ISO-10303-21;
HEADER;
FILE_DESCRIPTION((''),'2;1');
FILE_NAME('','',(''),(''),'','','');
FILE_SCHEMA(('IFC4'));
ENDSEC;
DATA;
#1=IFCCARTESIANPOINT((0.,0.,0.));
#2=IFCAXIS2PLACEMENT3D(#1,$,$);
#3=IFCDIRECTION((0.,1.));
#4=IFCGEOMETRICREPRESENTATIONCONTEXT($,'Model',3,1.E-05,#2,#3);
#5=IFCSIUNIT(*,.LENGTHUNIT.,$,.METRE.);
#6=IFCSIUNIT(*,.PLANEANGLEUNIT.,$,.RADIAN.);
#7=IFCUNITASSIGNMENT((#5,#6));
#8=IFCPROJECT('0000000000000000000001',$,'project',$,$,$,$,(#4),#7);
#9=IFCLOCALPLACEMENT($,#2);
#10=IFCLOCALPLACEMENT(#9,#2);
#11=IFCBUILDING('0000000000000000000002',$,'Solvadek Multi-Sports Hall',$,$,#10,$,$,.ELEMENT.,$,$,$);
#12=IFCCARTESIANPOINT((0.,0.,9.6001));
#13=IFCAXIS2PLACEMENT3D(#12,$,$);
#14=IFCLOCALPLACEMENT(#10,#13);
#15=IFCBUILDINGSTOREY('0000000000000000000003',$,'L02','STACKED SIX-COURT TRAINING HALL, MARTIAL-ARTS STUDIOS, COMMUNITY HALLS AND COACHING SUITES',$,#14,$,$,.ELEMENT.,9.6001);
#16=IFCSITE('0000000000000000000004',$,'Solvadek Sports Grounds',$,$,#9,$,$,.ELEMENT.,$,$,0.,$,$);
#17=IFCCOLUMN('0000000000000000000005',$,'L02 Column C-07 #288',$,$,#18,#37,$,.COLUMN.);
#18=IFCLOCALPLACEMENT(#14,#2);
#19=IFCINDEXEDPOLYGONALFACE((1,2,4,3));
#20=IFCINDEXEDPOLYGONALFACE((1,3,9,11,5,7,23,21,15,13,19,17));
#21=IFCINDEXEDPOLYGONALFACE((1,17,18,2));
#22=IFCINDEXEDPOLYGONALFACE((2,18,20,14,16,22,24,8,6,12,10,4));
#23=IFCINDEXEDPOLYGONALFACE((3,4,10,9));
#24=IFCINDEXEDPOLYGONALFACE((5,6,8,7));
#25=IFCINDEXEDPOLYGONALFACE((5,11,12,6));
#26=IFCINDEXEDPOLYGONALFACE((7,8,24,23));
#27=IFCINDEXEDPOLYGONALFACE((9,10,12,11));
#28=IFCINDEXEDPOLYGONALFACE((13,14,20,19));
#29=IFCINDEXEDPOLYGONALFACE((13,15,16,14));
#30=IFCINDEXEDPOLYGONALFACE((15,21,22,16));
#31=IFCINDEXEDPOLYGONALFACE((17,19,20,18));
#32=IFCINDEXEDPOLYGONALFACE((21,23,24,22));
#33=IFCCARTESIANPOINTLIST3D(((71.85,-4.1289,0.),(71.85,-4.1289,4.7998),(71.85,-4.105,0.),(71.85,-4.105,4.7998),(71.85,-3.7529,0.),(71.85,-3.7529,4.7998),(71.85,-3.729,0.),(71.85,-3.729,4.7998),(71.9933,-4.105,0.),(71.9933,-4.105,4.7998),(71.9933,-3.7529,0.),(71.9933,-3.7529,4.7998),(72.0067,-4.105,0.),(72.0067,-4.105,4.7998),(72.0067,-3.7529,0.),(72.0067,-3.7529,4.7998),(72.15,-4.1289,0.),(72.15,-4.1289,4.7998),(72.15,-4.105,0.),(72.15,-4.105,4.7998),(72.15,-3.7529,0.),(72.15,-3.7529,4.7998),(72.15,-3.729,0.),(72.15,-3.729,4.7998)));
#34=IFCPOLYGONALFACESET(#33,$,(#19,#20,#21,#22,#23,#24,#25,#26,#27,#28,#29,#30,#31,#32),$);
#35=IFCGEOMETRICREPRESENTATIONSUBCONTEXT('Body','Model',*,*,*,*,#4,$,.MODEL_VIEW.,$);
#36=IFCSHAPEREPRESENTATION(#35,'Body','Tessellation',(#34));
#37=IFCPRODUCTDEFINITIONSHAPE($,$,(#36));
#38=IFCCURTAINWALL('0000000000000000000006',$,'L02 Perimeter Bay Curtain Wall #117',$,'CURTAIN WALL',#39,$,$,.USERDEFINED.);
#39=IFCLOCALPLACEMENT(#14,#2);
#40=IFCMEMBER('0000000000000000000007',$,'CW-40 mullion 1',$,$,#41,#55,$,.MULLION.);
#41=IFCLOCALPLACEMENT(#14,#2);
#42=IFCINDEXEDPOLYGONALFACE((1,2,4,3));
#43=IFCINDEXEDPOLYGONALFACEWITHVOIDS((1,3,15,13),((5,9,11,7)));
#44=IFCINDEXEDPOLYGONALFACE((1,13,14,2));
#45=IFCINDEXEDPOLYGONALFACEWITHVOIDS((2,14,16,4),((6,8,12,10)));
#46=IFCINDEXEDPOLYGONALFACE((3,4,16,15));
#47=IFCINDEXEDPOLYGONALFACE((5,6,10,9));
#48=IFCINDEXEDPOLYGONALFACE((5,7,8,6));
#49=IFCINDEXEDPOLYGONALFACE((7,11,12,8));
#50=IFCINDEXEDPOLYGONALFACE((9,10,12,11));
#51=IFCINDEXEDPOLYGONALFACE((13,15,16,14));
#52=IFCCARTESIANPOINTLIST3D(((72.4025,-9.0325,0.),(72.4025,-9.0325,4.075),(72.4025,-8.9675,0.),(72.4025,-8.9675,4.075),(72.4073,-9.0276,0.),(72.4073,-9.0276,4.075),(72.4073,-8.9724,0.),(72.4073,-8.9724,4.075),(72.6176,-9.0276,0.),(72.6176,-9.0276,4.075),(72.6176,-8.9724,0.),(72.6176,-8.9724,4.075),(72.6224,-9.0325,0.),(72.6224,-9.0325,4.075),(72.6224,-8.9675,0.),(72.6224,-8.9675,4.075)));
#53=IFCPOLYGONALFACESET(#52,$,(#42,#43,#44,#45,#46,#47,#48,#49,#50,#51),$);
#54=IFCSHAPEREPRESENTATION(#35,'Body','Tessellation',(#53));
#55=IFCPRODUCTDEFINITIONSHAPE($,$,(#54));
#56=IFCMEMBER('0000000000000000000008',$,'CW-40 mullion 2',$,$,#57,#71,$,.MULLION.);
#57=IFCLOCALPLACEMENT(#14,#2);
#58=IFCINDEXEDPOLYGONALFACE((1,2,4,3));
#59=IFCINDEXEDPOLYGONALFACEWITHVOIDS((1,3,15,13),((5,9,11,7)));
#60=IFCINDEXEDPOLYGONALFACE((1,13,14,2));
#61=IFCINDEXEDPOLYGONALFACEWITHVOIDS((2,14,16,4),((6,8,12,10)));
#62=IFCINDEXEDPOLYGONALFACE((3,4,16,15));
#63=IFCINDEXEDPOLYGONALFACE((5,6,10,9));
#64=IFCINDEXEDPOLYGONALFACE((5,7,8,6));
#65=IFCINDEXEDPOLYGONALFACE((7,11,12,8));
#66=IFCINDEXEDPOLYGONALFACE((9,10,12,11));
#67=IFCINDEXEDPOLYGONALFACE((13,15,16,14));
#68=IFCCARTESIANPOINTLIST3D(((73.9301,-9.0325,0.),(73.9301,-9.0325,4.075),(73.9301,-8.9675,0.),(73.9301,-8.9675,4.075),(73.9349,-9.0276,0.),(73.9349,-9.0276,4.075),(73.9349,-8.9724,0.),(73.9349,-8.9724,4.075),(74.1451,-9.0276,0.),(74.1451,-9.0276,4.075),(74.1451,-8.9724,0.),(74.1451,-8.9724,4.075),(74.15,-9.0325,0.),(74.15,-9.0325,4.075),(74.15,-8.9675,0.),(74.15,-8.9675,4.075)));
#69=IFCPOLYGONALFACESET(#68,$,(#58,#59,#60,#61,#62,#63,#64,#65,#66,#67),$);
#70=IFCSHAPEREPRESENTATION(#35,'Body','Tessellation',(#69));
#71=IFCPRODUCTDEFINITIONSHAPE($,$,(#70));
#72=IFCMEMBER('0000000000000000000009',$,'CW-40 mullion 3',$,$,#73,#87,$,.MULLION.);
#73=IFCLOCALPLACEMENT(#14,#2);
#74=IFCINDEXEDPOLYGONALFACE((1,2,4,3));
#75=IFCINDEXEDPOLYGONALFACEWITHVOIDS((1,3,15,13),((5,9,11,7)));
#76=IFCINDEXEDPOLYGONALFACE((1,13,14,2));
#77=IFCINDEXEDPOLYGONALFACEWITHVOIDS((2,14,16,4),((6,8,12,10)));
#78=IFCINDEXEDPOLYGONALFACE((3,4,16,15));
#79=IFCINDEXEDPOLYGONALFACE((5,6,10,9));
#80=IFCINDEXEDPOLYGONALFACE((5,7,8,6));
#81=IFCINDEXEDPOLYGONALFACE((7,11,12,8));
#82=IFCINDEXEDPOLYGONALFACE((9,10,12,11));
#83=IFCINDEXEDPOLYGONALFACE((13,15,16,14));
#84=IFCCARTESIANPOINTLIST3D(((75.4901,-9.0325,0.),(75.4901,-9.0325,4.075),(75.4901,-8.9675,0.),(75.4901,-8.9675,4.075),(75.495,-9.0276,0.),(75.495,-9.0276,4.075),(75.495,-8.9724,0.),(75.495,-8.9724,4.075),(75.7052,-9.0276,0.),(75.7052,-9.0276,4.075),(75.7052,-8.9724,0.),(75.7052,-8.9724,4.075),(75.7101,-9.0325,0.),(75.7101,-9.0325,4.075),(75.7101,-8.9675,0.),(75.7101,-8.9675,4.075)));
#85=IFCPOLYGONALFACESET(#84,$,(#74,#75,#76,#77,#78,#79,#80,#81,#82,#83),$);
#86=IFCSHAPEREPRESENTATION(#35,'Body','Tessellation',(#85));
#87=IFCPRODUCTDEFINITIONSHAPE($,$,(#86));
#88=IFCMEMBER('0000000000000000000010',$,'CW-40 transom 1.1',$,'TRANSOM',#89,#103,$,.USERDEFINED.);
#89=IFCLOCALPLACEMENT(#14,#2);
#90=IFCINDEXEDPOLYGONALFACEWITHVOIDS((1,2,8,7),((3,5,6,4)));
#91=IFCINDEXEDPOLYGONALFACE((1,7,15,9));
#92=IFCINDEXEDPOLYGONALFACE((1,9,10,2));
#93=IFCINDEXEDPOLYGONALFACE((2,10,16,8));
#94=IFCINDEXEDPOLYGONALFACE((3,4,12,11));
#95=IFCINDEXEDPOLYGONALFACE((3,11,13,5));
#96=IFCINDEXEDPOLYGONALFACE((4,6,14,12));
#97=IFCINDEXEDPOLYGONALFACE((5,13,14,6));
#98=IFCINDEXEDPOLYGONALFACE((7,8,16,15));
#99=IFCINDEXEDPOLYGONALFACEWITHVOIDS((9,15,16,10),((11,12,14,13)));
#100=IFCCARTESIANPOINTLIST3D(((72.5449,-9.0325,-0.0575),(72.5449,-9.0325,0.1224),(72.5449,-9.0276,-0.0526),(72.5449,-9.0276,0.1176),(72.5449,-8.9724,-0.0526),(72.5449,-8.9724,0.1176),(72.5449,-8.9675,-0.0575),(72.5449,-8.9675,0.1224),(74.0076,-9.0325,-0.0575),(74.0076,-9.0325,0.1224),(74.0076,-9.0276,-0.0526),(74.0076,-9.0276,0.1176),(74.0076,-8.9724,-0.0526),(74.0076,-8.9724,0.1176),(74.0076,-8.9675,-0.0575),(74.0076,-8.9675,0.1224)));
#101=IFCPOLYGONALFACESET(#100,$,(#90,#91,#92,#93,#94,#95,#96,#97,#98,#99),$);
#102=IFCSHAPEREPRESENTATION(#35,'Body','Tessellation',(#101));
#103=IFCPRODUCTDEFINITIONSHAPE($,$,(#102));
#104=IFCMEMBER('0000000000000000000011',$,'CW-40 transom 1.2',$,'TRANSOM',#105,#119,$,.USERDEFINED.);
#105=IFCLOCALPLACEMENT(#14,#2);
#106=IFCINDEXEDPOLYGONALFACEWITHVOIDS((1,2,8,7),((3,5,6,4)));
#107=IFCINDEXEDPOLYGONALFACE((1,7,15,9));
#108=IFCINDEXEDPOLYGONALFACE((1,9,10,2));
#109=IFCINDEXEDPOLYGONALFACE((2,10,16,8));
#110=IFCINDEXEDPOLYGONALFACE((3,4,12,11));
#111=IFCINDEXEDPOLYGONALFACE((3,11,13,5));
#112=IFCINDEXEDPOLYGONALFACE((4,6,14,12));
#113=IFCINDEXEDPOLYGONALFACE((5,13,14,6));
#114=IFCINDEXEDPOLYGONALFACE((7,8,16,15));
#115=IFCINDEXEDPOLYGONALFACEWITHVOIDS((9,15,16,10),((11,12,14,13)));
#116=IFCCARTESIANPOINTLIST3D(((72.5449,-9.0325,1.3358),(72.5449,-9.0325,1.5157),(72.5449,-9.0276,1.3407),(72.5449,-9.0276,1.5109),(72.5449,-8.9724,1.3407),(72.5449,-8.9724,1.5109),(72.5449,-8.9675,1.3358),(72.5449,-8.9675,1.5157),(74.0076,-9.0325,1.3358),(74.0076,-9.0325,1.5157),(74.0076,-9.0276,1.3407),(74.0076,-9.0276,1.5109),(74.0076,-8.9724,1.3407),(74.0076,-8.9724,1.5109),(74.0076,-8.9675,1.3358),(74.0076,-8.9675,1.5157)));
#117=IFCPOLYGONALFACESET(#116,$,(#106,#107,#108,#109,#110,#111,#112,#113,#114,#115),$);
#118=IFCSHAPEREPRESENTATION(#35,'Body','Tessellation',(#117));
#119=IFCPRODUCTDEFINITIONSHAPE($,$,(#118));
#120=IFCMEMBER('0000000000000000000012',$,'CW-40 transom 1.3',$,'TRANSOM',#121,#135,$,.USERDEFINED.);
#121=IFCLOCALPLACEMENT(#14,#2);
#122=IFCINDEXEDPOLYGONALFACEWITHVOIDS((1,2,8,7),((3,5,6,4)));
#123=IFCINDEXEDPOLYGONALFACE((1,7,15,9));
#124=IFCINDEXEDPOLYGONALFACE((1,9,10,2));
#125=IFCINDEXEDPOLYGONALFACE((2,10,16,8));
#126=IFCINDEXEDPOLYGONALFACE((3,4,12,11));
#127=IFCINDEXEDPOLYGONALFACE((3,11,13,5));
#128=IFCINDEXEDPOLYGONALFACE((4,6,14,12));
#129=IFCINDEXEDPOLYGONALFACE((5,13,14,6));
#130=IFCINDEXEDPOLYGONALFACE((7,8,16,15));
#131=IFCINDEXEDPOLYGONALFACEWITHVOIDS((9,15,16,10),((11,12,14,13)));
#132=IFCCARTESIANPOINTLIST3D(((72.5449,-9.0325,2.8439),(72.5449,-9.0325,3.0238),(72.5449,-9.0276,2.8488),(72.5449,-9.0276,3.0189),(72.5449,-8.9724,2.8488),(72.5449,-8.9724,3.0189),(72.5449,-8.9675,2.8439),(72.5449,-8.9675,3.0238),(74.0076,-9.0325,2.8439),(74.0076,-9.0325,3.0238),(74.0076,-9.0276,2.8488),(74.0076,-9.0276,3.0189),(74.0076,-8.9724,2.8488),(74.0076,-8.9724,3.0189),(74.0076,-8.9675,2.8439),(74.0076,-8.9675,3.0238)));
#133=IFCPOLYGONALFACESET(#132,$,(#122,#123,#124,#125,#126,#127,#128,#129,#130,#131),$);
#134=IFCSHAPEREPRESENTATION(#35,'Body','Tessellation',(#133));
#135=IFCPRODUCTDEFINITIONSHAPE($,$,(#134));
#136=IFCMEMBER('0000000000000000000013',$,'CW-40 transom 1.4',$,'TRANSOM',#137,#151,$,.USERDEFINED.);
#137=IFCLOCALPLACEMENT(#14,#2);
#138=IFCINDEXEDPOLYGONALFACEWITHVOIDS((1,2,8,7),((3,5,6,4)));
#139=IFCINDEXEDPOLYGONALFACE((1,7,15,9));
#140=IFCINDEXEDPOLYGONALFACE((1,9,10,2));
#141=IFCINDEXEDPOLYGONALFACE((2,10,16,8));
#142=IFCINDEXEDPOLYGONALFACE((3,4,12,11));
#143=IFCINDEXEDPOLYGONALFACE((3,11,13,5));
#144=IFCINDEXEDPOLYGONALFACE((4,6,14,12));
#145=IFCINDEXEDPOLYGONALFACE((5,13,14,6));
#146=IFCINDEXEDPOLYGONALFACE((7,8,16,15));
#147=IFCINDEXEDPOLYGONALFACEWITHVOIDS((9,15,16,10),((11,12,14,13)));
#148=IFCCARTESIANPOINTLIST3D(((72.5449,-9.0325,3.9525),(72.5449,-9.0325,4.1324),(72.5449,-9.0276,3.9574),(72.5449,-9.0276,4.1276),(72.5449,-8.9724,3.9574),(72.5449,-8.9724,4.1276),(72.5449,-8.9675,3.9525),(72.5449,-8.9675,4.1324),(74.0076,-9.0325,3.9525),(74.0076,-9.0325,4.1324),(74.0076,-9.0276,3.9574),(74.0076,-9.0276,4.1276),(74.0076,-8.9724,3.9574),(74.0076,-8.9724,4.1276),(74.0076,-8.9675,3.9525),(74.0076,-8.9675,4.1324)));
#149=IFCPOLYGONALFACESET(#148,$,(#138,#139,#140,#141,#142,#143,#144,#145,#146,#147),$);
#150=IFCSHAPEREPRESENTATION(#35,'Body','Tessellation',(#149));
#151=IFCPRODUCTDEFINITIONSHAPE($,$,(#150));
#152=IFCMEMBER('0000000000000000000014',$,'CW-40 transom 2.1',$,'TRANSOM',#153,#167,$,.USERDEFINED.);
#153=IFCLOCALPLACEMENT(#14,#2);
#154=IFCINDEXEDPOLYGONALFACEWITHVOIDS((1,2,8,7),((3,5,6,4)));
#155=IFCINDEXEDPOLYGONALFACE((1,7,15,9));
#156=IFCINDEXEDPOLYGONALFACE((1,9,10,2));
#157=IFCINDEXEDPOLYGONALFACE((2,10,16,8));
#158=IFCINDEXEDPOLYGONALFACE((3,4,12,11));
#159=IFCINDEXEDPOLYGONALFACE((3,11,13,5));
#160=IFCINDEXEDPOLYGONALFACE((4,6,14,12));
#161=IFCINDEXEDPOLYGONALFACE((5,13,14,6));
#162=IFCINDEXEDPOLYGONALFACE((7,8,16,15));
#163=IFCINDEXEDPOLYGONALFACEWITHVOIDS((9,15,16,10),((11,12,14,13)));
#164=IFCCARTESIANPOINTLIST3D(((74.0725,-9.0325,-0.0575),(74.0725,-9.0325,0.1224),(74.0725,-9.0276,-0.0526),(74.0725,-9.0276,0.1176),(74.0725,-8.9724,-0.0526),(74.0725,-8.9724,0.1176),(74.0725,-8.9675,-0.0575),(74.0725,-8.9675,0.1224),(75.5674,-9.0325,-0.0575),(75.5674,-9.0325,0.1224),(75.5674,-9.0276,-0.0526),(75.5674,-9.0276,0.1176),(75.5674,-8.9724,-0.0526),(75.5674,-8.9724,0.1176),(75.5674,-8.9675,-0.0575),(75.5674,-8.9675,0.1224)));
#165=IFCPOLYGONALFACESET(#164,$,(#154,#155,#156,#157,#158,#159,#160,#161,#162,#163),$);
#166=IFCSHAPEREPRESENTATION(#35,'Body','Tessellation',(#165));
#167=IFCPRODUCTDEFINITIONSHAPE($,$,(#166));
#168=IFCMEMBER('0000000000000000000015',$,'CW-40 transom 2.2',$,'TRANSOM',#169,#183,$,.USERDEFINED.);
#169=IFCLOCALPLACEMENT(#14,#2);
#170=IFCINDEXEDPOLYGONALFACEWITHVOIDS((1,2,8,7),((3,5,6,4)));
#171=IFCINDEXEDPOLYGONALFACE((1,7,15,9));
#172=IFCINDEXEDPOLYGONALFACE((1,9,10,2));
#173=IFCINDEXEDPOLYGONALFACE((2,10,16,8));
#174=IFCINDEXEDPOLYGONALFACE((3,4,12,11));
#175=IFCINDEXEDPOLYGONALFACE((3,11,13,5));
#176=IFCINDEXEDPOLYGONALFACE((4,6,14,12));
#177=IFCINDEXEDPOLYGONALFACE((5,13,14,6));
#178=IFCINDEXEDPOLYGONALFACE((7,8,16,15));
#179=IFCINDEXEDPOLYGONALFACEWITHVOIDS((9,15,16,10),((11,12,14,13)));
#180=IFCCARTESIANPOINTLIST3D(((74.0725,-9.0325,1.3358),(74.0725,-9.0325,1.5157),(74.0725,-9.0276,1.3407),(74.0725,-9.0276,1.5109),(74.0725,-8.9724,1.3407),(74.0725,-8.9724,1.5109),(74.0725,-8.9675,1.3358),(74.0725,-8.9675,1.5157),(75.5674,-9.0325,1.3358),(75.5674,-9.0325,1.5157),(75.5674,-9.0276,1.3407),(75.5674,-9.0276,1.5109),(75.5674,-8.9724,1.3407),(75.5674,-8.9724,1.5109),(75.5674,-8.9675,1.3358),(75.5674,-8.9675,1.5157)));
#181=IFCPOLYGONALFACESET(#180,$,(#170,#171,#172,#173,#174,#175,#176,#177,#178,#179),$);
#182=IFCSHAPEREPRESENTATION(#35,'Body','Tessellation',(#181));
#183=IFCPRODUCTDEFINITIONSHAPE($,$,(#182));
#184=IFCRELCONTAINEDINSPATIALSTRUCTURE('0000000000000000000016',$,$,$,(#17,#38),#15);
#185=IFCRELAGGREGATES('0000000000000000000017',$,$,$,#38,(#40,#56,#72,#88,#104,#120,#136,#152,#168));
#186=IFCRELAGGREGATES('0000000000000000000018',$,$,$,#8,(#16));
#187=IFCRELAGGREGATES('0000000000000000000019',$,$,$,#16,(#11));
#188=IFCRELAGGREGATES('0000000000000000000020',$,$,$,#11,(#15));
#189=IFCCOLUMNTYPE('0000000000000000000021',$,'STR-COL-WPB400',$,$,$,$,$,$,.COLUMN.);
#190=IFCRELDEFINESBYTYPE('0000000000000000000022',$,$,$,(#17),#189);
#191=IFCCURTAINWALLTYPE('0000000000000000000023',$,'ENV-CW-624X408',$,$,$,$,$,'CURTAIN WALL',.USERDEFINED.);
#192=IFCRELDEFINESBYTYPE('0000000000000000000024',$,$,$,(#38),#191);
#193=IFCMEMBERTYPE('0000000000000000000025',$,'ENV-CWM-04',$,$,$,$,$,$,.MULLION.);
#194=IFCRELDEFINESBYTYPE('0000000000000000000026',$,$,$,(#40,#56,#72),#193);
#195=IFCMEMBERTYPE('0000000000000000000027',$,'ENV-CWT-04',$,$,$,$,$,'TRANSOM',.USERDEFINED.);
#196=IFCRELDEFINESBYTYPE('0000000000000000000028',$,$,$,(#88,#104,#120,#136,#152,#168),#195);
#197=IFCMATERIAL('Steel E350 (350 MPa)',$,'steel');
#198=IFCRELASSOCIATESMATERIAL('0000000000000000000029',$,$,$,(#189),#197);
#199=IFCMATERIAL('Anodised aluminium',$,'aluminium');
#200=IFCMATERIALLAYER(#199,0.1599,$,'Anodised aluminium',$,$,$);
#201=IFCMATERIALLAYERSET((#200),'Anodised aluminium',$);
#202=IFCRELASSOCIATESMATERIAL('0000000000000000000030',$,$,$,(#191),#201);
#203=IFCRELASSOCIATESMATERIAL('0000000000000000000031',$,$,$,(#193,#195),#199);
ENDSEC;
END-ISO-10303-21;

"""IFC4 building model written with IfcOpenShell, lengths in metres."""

from ifc_helpers import new_model, si_unit, direction, frame, origin, origin_2d, place, context, subcontext, project, spatial, hollow_rectangle, i_section, extrude, material, layer, layer_set, material_profile, profile_set, type_object, element, aggregate, save


model = new_model("IFC4")

# Units and contexts
model_context = context("Model", 3, precision=1e-05, world=origin(), true_north=direction((0.0, 1.0)))
body_context = subcontext(model_context, "Body", "Model", "MODEL_VIEW")
ifc_project = project(units=[si_unit("LENGTHUNIT", "METRE"), si_unit("PLANEANGLEUNIT", "RADIAN")], contexts=[model_context])

# Site, building, storey
site_placement = place(None, origin())
site = spatial("IfcSite", under=ifc_project, at=site_placement, Name="Solvadek Sports Grounds", CompositionType="ELEMENT", RefElevation=0.0)
building_placement = place(site_placement, origin())
building = spatial("IfcBuilding", under=site, at=building_placement, Name="Solvadek Multi-Sports Hall", CompositionType="ELEMENT")
storey_placement = place(building_placement, frame((0.0, 0.0, 9.6001)))
storey = spatial("IfcBuildingStorey", under=building, at=storey_placement, Name="L02", Description="STACKED SIX-COURT TRAINING HALL, MARTIAL-ARTS STUDIOS, COMMUNITY HALLS AND COACHING SUITES", CompositionType="ELEMENT", Elevation=9.6001)

# Column
ifc_material_1 = material(Name="Steel E350 (350 MPa)", Category="steel")
ifc_material_profile_1 = material_profile(ifc_material_1, i_section(OverallWidth=0.3, OverallDepth=0.3999, WebThickness=0.0134, FlangeThickness=0.0239, at=origin_2d()), Name="WPB 400")
ifc_profile_set_1 = profile_set([ifc_material_profile_1], Name="Steel E350 (350 MPa)")
column_type = type_object("IfcColumnType", Name="STR-COL-WPB400", PredefinedType="COLUMN", material=ifc_profile_set_1)
column_placement = place(storey_placement, frame((72.0, -3.929, 0.0), z_axis=(0.0, 0.0, 1.0), x_axis=(1.0, 0.0, 0.0)))
element("IfcColumn", 1, at=column_placement, inside=storey, type_object=column_type, Name="L02 Column C-07 #288", PredefinedType="COLUMN", context=body_context, shape_type="SweptSolid", body=[
    extrude(i_section(OverallWidth=0.3, OverallDepth=0.3999, WebThickness=0.0134, FlangeThickness=0.0239, at=origin_2d()), origin(), (0.0, 0.0, 1.0), 4.7998),
])

# Curtain wall, members
ifc_material_2 = material(Name="Anodised aluminium", Category="aluminium")
ifc_layer_1 = layer(ifc_material_2, 0.1599, Name="Anodised aluminium")
ifc_layer_set_1 = layer_set([ifc_layer_1], Name="Anodised aluminium")
curtain_wall_type = type_object("IfcCurtainWallType", Name="ENV-CW-624X408", ElementType="CURTAIN WALL", PredefinedType="USERDEFINED", material=ifc_layer_set_1)
curtain_wall_placement = place(storey_placement, origin())
curtain_wall = element("IfcCurtainWall", 2, at=curtain_wall_placement, inside=storey, type_object=curtain_wall_type, Name="L02 Perimeter Bay Curtain Wall #117", ObjectType="CURTAIN WALL", PredefinedType="USERDEFINED")
ifc_material_profile_2 = material_profile(ifc_material_2, hollow_rectangle(XDim=0.0649, YDim=0.22, WallThickness=0.0049, at=origin_2d()), Name="ALU-M 220x65x5")
ifc_profile_set_2 = profile_set([ifc_material_profile_2], Name="Anodised aluminium")
member_type_1 = type_object("IfcMemberType", Name="ENV-CWM-04", PredefinedType="MULLION", material=ifc_profile_set_2)
member_1_placement = place(storey_placement, frame((72.5125, -9.0, 0.0), z_axis=(0.0, 0.0, 1.0), x_axis=(0.0, 1.0, 0.0)))
member_1 = element("IfcMember", 3, at=member_1_placement, type_object=member_type_1, Name="CW-40 mullion 1", PredefinedType="MULLION", context=body_context, shape_type="SweptSolid", body=[
    extrude(hollow_rectangle(XDim=0.0649, YDim=0.22, WallThickness=0.0049, at=origin_2d()), origin(), (0.0, 0.0, 1.0), 4.075),
])
member_2_placement = place(storey_placement, frame((74.04, -9.0, 0.0), z_axis=(0.0, 0.0, 1.0), x_axis=(0.0, 1.0, 0.0)))
member_2 = element("IfcMember", 4, at=member_2_placement, type_object=member_type_1, Name="CW-40 mullion 2", PredefinedType="MULLION", context=body_context, shape_type="SweptSolid", body=[
    extrude(hollow_rectangle(XDim=0.0649, YDim=0.22, WallThickness=0.0049, at=origin_2d()), origin(), (0.0, 0.0, 1.0), 4.075),
])
member_3_placement = place(storey_placement, frame((75.6001, -9.0, 0.0), z_axis=(0.0, 0.0, 1.0), x_axis=(0.0, 1.0, 0.0)))
member_3 = element("IfcMember", 5, at=member_3_placement, type_object=member_type_1, Name="CW-40 mullion 3", PredefinedType="MULLION", context=body_context, shape_type="SweptSolid", body=[
    extrude(hollow_rectangle(XDim=0.0649, YDim=0.22, WallThickness=0.0049, at=origin_2d()), origin(), (0.0, 0.0, 1.0), 4.075),
])
ifc_material_profile_3 = material_profile(ifc_material_2, hollow_rectangle(XDim=0.0649, YDim=0.1799, WallThickness=0.0049, at=origin_2d()), Name="ALU-T 180x65x5")
ifc_profile_set_3 = profile_set([ifc_material_profile_3], Name="Anodised aluminium")
member_type_2 = type_object("IfcMemberType", Name="ENV-CWT-04", ElementType="TRANSOM", PredefinedType="USERDEFINED", material=ifc_profile_set_3)
member_4_placement = place(storey_placement, frame((72.5449, -9.0, 0.0325), z_axis=(1.0, 0.0, 0.0), x_axis=(0.0, 1.0, 0.0)))
member_4 = element("IfcMember", 6, at=member_4_placement, type_object=member_type_2, Name="CW-40 transom 1.1", ObjectType="TRANSOM", PredefinedType="USERDEFINED", context=body_context, shape_type="SweptSolid", body=[
    extrude(hollow_rectangle(XDim=0.0649, YDim=0.1799, WallThickness=0.0049, at=origin_2d()), origin(), (0.0, 0.0, 1.0), 1.4626),
])
member_5_placement = place(storey_placement, frame((72.5449, -9.0, 1.4258), z_axis=(1.0, 0.0, 0.0), x_axis=(0.0, 1.0, 0.0)))
member_5 = element("IfcMember", 7, at=member_5_placement, type_object=member_type_2, Name="CW-40 transom 1.2", ObjectType="TRANSOM", PredefinedType="USERDEFINED", context=body_context, shape_type="SweptSolid", body=[
    extrude(hollow_rectangle(XDim=0.0649, YDim=0.1799, WallThickness=0.0049, at=origin_2d()), origin(), (0.0, 0.0, 1.0), 1.4626),
])
member_6_placement = place(storey_placement, frame((72.5449, -9.0, 2.9338), z_axis=(1.0, 0.0, 0.0), x_axis=(0.0, 1.0, 0.0)))
member_6 = element("IfcMember", 8, at=member_6_placement, type_object=member_type_2, Name="CW-40 transom 1.3", ObjectType="TRANSOM", PredefinedType="USERDEFINED", context=body_context, shape_type="SweptSolid", body=[
    extrude(hollow_rectangle(XDim=0.0649, YDim=0.1799, WallThickness=0.0049, at=origin_2d()), origin(), (0.0, 0.0, 1.0), 1.4626),
])
member_7_placement = place(storey_placement, frame((72.5449, -9.0, 4.0425), z_axis=(1.0, 0.0, 0.0), x_axis=(0.0, 1.0, 0.0)))
member_7 = element("IfcMember", 9, at=member_7_placement, type_object=member_type_2, Name="CW-40 transom 1.4", ObjectType="TRANSOM", PredefinedType="USERDEFINED", context=body_context, shape_type="SweptSolid", body=[
    extrude(hollow_rectangle(XDim=0.0649, YDim=0.1799, WallThickness=0.0049, at=origin_2d()), origin(), (0.0, 0.0, 1.0), 1.4626),
])
member_8_placement = place(storey_placement, frame((74.0725, -9.0, 0.0325), z_axis=(1.0, 0.0, 0.0), x_axis=(0.0, 1.0, 0.0)))
member_8 = element("IfcMember", 10, at=member_8_placement, type_object=member_type_2, Name="CW-40 transom 2.1", ObjectType="TRANSOM", PredefinedType="USERDEFINED", context=body_context, shape_type="SweptSolid", body=[
    extrude(hollow_rectangle(XDim=0.0649, YDim=0.1799, WallThickness=0.0049, at=origin_2d()), origin(), (0.0, 0.0, 1.0), 1.4949),
])
member_9_placement = place(storey_placement, frame((74.0725, -9.0, 1.4258), z_axis=(1.0, 0.0, 0.0), x_axis=(0.0, 1.0, 0.0)))
member_9 = element("IfcMember", 11, at=member_9_placement, type_object=member_type_2, Name="CW-40 transom 2.2", ObjectType="TRANSOM", PredefinedType="USERDEFINED", context=body_context, shape_type="SweptSolid", body=[
    extrude(hollow_rectangle(XDim=0.0649, YDim=0.1799, WallThickness=0.0049, at=origin_2d()), origin(), (0.0, 0.0, 1.0), 1.4949),
])

aggregate(curtain_wall, [member_1, member_2, member_3, member_4, member_5, member_6, member_7, member_8, member_9])

save(model, "model.ifc")
